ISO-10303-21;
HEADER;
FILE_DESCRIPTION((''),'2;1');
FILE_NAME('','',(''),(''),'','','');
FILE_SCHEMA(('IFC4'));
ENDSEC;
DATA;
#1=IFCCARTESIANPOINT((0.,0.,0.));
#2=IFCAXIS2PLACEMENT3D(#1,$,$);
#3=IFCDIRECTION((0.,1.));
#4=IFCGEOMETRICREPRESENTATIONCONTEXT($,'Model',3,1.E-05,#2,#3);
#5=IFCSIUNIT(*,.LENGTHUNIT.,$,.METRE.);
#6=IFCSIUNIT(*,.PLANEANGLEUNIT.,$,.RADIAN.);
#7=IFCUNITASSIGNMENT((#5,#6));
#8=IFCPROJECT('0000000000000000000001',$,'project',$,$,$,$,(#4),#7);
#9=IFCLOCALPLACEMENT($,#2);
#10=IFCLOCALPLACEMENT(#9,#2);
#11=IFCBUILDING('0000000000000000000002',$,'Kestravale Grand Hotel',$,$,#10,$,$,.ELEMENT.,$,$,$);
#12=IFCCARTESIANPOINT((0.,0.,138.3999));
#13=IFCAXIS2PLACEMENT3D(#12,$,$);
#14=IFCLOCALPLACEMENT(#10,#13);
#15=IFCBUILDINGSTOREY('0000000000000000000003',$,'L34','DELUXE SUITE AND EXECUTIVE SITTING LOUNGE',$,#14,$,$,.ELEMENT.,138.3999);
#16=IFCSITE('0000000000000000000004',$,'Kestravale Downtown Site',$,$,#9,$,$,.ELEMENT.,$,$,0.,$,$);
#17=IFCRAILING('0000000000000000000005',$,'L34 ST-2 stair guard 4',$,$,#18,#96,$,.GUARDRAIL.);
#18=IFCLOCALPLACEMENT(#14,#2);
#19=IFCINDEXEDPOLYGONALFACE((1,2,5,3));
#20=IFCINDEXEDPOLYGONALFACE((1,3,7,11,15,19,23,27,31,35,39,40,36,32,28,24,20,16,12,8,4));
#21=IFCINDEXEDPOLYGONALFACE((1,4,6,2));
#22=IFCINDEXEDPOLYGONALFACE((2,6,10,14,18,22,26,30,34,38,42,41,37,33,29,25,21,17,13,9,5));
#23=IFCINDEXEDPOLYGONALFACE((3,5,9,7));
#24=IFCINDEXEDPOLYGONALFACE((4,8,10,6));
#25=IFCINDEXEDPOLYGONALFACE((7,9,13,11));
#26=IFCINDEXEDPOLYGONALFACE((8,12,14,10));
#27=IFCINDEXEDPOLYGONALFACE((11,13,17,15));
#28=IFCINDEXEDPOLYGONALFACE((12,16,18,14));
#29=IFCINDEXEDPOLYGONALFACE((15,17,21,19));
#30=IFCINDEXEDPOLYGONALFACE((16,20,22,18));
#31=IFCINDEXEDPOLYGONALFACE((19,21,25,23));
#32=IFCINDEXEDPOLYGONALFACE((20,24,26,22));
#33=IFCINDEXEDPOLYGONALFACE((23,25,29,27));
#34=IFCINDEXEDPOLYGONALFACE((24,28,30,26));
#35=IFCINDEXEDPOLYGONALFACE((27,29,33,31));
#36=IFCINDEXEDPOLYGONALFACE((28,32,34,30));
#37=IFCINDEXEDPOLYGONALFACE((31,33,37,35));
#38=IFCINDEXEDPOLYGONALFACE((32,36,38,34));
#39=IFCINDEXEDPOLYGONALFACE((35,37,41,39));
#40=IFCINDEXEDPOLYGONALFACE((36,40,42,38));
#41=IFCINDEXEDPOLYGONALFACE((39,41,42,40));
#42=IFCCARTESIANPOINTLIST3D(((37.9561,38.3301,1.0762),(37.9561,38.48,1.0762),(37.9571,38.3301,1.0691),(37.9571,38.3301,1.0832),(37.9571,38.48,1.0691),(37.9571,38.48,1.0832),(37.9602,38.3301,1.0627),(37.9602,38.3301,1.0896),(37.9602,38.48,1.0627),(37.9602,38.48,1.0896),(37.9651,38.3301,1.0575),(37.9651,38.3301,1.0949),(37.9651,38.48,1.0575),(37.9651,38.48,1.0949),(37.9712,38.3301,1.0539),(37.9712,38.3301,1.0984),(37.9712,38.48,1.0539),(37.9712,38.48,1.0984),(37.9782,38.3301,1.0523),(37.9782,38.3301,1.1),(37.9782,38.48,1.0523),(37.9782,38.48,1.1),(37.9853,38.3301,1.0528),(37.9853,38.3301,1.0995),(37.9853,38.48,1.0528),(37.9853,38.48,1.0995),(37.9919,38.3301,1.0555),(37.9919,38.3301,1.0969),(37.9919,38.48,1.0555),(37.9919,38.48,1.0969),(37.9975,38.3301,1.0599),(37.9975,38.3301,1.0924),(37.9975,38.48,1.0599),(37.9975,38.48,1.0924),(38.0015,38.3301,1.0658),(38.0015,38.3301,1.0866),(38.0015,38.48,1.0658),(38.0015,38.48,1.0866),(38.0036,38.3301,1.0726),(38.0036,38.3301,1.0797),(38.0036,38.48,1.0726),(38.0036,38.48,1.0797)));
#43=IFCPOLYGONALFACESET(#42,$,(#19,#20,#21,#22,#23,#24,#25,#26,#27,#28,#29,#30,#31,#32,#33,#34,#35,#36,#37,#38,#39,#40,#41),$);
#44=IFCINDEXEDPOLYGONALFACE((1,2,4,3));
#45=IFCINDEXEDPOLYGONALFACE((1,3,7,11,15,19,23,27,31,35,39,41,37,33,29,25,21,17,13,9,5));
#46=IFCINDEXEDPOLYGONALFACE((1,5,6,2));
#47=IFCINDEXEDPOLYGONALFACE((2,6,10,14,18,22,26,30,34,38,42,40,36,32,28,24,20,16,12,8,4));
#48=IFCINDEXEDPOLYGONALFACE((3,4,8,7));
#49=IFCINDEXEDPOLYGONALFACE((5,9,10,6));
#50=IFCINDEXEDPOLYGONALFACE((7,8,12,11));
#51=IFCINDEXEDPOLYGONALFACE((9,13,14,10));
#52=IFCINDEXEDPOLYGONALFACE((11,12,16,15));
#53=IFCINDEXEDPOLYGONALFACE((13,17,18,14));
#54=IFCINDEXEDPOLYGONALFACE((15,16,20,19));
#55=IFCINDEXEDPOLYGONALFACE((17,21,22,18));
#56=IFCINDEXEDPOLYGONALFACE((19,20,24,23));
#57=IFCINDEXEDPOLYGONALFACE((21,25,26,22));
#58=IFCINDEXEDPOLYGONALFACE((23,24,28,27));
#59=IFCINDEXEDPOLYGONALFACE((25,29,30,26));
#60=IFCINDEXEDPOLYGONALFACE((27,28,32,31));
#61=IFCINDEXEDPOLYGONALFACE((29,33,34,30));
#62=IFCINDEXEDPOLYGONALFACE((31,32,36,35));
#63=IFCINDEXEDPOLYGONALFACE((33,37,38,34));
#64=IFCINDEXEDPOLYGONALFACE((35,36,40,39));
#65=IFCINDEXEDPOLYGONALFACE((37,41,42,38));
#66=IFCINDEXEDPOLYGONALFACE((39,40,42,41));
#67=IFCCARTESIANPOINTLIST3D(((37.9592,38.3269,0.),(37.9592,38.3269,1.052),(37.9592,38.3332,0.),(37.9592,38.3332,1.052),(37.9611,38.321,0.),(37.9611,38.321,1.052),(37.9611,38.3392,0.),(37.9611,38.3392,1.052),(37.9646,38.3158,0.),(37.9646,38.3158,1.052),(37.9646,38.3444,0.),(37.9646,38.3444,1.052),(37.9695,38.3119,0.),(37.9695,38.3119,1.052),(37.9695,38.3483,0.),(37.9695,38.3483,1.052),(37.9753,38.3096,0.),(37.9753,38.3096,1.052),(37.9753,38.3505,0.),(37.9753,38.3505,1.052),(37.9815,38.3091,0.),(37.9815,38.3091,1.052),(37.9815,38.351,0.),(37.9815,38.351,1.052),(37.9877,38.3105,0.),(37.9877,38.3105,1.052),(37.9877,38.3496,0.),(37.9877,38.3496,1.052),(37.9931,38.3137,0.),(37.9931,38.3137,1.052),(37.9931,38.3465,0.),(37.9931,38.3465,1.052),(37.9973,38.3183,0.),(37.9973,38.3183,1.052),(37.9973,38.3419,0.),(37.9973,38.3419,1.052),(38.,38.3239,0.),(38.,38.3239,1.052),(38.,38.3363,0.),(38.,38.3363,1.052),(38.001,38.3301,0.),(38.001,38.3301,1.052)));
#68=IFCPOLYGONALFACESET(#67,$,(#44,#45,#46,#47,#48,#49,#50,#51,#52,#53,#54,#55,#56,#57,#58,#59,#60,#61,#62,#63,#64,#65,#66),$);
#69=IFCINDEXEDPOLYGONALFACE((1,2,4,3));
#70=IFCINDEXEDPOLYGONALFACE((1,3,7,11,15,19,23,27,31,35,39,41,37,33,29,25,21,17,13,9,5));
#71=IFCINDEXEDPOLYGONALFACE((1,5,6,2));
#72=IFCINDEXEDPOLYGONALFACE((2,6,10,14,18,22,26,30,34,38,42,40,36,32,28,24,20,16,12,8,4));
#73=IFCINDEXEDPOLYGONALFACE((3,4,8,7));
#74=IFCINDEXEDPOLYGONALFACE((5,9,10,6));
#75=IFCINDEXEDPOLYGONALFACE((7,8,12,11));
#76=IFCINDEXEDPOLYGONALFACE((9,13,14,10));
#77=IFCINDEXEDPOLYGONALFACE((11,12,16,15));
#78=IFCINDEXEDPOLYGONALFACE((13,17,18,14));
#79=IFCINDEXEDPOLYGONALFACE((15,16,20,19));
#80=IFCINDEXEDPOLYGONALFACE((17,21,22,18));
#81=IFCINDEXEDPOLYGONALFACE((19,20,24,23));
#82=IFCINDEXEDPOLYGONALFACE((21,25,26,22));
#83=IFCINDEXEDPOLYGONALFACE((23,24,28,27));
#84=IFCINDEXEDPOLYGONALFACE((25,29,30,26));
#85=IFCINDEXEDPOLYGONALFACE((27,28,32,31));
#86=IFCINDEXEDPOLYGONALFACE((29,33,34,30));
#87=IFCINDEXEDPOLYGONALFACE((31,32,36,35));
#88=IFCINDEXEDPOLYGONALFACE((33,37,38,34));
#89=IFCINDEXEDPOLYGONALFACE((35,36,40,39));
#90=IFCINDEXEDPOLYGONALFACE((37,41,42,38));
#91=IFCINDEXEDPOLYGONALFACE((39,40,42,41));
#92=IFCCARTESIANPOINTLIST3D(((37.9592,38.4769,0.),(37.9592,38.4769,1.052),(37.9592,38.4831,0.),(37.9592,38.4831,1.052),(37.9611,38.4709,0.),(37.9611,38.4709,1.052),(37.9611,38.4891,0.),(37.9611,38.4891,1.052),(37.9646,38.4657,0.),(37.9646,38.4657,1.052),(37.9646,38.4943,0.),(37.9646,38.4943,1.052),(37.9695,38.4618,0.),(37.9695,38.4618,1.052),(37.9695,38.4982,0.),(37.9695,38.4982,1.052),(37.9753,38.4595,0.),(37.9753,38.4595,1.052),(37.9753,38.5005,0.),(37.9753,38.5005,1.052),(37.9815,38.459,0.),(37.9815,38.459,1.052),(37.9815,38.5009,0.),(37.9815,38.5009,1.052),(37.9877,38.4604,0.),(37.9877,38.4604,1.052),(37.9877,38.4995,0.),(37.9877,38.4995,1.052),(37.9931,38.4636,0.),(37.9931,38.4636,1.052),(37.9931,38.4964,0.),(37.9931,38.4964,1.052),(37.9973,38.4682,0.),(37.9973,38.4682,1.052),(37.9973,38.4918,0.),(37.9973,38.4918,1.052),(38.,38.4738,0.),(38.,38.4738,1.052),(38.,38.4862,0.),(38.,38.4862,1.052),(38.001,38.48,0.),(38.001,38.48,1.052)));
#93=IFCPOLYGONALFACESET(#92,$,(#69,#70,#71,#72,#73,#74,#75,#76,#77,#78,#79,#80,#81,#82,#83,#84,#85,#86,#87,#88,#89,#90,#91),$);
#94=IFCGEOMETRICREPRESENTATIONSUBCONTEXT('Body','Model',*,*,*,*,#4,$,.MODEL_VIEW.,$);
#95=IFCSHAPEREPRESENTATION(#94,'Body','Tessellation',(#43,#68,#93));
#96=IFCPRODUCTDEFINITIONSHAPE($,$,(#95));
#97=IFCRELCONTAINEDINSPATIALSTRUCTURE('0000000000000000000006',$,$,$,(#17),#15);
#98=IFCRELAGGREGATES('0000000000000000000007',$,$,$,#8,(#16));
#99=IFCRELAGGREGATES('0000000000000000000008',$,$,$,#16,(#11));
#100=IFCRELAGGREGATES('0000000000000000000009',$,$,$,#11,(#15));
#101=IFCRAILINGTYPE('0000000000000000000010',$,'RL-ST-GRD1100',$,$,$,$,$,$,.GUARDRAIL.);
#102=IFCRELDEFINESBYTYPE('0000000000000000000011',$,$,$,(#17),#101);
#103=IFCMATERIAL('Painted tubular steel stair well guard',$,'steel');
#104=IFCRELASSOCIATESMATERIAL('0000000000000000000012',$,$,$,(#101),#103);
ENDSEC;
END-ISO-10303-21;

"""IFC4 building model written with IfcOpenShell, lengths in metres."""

from ifc_helpers import new_model, si_unit, direction, frame, origin, origin_2d, place, context, subcontext, project, spatial, circle, extrude, material, type_object, element, save


model = new_model("IFC4")

# Units and contexts
model_context = context("Model", 3, precision=1e-05, world=origin(), true_north=direction((0.0, 1.0)))
body_context = subcontext(model_context, "Body", "Model", "MODEL_VIEW")
ifc_project = project(units=[si_unit("LENGTHUNIT", "METRE"), si_unit("PLANEANGLEUNIT", "RADIAN")], contexts=[model_context])

# Site, building, storey
site_placement = place(None, origin())
site = spatial("IfcSite", under=ifc_project, at=site_placement, Name="Kestravale Downtown Site", CompositionType="ELEMENT", RefElevation=0.0)
building_placement = place(site_placement, origin())
building = spatial("IfcBuilding", under=site, at=building_placement, Name="Kestravale Grand Hotel", CompositionType="ELEMENT")
storey_placement = place(building_placement, frame((0.0, 0.0, 138.3999)))
storey = spatial("IfcBuildingStorey", under=building, at=storey_placement, Name="L34", Description="DELUXE SUITE AND EXECUTIVE SITTING LOUNGE", CompositionType="ELEMENT", Elevation=138.3999)

# Railing
ifc_material_1 = material(Name="Painted tubular steel stair well guard", Category="steel")
railing_type_1 = type_object("IfcRailingType", Name="RL-ST-GRD1100", PredefinedType="GUARDRAIL", material=ifc_material_1)
railing_1_placement = place(storey_placement, frame((37.98, 38.3301, 0.0)))
element("IfcRailing", 1, at=railing_1_placement, inside=storey, type_object=railing_type_1, Name="L34 ST-2 stair guard 4", PredefinedType="GUARDRAIL", context=body_context, shape_type="SweptSolid", body=[
    extrude(circle(Radius=0.0239, at=origin_2d()), frame((0.0, 0.0, 1.0762), z_axis=(0.0, 1.0, 0.0), x_axis=(-1.0, 0.0, 0.0)), (0.0, 0.0, 1.0), 0.1499),
    extrude(circle(Radius=0.021, at=origin_2d()), origin(), (0.0, 0.0, 1.0), 1.052),
    extrude(circle(Radius=0.021, at=origin_2d()), frame((0.0, 0.1499, 0.0)), (0.0, 0.0, 1.0), 1.052),
])

save(model, "model.ifc")
